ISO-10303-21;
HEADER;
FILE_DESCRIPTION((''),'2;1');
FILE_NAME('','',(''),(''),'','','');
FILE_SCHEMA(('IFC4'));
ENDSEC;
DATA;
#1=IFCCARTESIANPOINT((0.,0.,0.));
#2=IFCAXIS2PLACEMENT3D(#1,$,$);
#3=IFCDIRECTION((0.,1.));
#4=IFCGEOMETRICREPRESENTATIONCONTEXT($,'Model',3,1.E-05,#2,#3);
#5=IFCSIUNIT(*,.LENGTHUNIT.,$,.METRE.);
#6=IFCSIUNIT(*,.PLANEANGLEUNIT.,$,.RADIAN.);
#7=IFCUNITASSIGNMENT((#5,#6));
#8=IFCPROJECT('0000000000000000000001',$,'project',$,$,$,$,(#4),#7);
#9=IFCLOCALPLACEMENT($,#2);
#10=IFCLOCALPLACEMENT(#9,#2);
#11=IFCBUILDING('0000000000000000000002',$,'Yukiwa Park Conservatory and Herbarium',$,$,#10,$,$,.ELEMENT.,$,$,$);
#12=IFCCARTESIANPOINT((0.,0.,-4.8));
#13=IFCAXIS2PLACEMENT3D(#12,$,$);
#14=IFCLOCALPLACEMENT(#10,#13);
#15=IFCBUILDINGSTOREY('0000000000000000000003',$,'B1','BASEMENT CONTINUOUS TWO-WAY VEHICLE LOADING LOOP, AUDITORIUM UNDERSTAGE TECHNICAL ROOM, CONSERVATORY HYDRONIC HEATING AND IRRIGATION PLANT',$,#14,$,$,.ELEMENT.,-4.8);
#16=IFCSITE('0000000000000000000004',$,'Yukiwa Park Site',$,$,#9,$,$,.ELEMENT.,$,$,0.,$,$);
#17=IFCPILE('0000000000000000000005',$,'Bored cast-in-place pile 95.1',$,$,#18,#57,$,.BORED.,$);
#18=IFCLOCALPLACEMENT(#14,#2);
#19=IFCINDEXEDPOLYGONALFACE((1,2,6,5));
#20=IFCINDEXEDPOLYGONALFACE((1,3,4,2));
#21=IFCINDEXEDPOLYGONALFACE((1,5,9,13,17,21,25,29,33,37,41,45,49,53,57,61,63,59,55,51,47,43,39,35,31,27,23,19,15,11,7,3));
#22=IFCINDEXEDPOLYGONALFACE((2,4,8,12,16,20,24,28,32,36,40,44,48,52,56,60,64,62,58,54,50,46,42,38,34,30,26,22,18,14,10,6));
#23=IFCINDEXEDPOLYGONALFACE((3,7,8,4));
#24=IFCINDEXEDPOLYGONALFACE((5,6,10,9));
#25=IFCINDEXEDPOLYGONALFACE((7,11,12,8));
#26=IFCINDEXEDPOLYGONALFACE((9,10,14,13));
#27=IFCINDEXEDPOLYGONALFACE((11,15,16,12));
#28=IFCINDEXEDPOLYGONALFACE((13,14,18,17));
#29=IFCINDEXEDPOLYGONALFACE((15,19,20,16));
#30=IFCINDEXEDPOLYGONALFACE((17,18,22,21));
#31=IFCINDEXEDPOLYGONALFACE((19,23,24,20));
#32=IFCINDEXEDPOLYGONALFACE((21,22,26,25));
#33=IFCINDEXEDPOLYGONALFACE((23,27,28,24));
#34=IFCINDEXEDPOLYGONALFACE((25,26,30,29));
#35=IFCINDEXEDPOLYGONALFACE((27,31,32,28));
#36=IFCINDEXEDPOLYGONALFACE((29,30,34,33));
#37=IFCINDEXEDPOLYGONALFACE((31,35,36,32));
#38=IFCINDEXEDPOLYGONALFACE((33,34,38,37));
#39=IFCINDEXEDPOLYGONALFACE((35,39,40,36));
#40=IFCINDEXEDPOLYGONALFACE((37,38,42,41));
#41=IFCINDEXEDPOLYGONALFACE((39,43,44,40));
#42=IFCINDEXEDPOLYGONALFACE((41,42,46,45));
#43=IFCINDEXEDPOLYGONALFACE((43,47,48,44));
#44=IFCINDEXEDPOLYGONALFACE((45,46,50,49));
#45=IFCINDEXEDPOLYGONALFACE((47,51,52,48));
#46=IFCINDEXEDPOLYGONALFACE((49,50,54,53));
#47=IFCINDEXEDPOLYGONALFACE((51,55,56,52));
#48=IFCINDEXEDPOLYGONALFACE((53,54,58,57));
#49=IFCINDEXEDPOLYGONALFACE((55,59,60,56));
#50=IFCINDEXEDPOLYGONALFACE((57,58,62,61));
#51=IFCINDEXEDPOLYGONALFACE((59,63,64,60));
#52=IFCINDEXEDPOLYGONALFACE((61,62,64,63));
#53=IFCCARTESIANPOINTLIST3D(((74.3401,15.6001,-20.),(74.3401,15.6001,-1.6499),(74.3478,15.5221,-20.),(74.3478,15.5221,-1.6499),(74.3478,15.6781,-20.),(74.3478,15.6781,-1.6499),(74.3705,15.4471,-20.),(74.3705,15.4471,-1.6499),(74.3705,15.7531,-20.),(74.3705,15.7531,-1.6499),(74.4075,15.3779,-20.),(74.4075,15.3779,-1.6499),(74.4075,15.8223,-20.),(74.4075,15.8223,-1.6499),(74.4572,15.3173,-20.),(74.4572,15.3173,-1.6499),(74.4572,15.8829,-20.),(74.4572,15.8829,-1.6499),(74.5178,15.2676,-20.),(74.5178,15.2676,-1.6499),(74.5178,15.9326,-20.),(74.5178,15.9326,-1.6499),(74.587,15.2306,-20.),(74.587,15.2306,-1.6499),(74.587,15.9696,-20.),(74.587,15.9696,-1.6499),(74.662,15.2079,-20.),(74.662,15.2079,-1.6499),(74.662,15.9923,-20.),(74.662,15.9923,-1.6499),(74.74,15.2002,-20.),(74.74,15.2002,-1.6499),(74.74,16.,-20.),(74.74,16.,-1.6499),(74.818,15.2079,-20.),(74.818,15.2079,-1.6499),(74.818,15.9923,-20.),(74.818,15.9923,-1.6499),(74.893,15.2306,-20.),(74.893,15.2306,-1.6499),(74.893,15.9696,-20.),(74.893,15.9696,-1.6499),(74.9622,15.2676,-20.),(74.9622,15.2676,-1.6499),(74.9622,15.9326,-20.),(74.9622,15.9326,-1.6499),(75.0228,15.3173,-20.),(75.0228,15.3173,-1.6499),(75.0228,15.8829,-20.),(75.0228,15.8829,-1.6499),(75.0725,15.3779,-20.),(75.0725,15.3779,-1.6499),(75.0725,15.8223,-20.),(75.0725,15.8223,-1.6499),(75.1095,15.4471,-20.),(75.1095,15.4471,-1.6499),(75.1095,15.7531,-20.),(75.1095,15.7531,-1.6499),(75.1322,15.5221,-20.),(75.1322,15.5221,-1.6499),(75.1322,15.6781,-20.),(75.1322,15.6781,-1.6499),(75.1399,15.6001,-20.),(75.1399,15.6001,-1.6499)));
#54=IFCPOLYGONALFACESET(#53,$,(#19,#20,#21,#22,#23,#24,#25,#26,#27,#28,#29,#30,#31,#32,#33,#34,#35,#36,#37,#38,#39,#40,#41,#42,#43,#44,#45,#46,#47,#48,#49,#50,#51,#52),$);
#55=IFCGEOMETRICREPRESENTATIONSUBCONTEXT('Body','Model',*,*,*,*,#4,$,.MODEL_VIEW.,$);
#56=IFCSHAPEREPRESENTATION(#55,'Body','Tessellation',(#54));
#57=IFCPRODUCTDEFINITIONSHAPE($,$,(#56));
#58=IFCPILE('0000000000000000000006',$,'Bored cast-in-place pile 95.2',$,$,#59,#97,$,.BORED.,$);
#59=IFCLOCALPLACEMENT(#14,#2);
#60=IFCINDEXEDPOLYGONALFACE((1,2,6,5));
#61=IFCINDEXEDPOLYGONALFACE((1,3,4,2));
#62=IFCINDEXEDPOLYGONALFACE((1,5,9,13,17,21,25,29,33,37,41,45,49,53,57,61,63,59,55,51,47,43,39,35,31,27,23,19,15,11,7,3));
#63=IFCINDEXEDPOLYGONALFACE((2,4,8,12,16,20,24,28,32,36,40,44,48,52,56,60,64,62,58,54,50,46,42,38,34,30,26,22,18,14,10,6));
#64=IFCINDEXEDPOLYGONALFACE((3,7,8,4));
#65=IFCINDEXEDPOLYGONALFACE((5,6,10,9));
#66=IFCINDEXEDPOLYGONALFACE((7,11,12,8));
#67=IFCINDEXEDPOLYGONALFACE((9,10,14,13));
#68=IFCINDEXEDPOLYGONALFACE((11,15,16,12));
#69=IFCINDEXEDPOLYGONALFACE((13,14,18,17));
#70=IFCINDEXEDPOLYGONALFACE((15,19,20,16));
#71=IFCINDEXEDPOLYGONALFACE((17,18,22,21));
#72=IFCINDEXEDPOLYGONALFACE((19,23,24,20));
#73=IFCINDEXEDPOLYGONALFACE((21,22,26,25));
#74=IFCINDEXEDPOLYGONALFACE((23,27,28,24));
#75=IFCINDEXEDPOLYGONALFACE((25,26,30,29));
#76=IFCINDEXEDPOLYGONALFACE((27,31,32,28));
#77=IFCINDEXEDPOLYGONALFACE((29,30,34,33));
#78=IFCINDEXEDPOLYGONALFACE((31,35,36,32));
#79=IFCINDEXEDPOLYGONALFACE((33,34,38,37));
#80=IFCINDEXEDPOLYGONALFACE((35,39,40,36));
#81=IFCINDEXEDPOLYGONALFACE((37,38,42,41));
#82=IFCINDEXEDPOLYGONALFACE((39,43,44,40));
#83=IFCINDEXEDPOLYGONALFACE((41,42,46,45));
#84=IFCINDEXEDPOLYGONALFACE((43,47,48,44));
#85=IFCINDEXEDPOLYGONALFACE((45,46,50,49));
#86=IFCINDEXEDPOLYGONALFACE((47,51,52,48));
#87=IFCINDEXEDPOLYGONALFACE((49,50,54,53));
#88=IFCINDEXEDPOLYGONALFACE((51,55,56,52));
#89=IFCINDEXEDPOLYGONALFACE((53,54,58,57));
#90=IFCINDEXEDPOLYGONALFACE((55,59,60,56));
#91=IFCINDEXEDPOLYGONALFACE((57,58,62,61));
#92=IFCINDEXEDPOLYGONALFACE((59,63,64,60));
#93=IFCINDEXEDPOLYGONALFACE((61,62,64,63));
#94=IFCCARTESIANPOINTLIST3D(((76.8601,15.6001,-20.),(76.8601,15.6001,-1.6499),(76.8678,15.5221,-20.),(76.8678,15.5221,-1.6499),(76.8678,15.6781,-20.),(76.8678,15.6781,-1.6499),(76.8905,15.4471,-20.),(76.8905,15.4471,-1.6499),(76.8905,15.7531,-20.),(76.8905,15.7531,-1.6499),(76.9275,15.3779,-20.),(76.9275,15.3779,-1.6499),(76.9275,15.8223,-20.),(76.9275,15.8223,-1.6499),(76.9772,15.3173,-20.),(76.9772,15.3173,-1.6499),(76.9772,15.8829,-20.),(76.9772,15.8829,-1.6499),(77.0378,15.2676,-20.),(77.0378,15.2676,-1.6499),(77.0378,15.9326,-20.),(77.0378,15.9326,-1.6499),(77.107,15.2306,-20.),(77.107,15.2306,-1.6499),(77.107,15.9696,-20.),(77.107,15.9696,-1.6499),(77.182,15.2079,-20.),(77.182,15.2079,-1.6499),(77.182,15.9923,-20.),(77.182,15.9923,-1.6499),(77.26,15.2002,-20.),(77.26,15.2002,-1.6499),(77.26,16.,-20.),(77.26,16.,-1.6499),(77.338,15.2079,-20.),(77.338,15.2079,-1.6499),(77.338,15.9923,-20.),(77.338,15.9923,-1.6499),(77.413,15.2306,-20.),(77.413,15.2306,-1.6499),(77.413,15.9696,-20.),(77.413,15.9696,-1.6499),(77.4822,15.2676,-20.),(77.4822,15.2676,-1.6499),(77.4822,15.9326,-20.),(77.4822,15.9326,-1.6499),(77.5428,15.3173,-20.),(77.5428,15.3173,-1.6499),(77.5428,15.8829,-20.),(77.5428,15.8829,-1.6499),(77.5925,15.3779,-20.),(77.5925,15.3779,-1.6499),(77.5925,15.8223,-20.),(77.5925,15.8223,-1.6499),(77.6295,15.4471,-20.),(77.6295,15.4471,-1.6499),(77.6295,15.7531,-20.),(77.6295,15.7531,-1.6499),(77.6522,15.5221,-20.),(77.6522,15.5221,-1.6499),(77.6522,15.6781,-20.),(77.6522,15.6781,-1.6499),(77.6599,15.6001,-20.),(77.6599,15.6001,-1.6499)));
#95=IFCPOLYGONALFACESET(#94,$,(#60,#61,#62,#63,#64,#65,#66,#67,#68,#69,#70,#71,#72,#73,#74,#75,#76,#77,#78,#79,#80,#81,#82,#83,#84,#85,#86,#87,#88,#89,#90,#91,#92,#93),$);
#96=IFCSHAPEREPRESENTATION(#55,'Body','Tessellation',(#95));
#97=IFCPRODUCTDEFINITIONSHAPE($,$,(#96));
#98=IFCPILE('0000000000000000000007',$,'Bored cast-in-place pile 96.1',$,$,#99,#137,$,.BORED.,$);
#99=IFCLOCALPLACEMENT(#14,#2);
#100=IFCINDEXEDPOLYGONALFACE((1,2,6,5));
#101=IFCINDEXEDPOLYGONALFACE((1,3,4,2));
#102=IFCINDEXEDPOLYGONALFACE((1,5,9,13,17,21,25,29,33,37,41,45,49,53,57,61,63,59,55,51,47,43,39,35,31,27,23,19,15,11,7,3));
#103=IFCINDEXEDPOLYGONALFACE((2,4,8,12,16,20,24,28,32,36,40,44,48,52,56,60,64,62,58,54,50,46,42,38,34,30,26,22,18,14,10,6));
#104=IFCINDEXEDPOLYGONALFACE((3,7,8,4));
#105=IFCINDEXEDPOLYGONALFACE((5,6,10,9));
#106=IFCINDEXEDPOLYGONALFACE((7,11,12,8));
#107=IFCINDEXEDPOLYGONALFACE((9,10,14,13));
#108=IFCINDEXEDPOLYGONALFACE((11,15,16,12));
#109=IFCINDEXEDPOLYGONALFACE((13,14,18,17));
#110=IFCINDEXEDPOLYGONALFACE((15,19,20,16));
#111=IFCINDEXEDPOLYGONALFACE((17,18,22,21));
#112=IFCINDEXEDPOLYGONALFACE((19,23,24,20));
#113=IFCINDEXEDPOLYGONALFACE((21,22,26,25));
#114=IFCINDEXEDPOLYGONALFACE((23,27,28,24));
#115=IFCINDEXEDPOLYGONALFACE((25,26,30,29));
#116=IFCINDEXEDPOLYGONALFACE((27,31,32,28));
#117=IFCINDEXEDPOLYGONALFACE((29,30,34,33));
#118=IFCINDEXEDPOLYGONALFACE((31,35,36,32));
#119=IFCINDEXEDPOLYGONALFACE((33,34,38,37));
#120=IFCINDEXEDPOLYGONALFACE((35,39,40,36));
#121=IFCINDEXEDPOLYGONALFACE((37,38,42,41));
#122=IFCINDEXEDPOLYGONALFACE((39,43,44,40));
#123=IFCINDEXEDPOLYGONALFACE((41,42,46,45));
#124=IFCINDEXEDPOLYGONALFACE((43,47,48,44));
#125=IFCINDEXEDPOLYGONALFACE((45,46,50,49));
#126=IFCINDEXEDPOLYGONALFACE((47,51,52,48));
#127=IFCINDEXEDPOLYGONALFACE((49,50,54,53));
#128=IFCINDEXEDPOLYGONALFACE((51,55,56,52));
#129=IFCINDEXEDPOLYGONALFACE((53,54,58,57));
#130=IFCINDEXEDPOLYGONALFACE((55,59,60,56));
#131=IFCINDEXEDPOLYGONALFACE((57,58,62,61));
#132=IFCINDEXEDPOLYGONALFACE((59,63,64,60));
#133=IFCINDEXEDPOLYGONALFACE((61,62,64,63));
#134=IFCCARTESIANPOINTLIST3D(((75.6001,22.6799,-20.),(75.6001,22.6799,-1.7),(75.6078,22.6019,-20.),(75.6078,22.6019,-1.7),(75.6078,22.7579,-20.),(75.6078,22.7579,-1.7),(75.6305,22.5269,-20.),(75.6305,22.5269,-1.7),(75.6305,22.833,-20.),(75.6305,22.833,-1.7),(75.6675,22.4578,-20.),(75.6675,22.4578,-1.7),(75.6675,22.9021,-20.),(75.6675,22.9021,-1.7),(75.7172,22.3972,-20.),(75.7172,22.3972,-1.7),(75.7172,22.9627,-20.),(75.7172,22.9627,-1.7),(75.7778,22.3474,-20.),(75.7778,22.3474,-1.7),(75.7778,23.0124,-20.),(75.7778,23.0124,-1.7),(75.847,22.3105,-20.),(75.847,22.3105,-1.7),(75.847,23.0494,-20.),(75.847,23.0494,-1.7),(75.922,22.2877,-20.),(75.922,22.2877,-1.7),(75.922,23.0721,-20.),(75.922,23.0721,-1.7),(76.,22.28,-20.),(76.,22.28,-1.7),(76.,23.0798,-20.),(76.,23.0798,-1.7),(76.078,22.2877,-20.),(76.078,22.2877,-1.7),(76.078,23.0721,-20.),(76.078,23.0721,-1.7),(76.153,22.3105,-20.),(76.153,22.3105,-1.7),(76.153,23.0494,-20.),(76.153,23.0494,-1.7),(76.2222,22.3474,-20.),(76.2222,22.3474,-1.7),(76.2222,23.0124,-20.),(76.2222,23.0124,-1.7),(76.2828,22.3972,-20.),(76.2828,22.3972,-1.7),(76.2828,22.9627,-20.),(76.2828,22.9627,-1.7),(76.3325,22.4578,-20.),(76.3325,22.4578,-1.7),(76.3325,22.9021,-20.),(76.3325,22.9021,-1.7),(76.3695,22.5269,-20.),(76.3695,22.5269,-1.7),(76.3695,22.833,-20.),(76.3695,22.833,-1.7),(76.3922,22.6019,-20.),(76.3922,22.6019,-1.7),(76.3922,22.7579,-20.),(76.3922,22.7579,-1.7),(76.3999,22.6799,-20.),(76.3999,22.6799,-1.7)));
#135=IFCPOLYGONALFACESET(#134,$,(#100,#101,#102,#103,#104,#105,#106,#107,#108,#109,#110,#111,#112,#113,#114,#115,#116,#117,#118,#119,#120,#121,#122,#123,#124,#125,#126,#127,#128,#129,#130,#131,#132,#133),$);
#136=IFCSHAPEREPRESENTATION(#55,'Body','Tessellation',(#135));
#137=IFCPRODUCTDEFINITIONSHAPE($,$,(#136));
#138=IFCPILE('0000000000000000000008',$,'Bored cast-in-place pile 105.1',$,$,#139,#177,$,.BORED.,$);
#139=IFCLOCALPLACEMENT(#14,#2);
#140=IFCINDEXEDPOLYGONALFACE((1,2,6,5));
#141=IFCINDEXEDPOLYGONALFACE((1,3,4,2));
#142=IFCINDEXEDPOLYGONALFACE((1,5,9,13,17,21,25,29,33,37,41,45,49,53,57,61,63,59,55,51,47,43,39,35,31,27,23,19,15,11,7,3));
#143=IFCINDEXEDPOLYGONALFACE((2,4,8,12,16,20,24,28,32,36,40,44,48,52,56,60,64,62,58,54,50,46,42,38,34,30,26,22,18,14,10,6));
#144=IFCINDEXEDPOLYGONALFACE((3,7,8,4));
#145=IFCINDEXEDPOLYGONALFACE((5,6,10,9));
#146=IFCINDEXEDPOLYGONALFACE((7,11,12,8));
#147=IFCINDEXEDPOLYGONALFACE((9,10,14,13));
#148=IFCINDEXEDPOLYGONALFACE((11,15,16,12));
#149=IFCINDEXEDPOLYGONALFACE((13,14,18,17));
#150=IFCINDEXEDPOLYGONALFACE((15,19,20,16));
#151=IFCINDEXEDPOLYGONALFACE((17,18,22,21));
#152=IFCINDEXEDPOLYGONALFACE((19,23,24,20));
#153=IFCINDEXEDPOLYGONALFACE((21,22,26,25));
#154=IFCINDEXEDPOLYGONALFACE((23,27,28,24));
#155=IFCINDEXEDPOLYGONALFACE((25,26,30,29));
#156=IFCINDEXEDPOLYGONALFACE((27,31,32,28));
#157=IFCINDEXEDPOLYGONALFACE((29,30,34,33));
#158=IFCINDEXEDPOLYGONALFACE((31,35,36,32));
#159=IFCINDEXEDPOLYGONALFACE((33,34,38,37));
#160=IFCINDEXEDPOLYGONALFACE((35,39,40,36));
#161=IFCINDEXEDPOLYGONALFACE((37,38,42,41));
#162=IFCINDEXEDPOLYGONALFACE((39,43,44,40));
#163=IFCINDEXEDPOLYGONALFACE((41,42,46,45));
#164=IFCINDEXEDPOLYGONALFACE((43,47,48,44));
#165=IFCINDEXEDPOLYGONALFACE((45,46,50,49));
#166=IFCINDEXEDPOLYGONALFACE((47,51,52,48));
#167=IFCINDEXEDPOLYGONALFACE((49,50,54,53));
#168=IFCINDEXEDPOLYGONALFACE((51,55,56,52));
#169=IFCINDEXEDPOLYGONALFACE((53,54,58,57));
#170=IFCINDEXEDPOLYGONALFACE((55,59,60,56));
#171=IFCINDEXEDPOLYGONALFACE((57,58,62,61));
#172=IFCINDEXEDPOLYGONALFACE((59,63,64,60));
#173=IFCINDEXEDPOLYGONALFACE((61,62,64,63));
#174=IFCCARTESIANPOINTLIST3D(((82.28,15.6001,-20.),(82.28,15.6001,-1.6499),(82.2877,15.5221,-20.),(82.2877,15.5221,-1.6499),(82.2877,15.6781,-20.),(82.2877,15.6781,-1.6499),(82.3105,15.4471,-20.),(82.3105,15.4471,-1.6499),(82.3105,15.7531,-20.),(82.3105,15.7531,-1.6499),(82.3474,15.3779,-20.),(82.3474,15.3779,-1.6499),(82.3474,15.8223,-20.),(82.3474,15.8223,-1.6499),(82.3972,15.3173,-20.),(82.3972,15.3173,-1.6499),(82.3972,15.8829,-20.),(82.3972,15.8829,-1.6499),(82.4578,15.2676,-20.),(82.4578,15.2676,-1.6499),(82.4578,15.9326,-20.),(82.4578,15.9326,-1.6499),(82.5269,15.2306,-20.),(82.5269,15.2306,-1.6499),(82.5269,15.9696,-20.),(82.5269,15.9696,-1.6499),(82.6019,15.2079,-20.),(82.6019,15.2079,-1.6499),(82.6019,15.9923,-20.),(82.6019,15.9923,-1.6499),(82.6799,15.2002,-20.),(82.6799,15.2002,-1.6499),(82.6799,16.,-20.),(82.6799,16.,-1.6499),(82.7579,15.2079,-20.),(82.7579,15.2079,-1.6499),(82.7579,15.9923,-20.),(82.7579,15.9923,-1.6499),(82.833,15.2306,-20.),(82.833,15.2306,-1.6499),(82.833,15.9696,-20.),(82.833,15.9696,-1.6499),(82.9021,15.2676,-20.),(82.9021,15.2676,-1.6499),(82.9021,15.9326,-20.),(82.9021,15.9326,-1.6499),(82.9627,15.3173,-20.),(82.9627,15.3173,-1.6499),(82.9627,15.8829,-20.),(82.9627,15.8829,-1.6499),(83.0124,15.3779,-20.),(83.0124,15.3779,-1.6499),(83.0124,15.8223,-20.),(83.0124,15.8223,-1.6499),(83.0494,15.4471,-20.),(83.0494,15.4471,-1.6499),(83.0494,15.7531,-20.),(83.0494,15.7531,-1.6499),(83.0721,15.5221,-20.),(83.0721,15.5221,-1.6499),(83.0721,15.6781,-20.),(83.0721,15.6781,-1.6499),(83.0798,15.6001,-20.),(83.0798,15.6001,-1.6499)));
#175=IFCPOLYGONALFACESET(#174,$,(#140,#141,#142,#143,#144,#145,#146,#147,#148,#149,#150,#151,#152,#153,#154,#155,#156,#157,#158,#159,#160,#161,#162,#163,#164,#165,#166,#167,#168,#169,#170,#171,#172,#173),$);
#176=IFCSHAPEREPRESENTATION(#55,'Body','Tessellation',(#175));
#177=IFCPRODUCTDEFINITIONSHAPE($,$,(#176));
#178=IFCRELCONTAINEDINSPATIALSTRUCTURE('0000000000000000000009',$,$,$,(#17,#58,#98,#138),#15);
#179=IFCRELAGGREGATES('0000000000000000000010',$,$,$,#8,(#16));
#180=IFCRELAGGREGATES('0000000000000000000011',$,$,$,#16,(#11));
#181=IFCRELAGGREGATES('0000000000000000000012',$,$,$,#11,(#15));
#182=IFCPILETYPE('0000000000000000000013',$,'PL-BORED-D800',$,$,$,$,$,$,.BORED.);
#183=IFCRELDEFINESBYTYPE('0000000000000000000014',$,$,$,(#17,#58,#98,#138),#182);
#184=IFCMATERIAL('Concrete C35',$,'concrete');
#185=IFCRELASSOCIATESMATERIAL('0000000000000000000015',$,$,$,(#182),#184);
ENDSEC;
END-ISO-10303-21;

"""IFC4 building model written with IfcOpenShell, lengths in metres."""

from ifc_helpers import new_model, si_unit, direction, frame, origin, origin_2d, place, context, subcontext, project, spatial, circle, extrude, material, material_profile, profile_set, type_object, element, save


model = new_model("IFC4")

# Units and contexts
model_context = context("Model", 3, precision=1e-05, world=origin(), true_north=direction((0.0, 1.0)))
body_context = subcontext(model_context, "Body", "Model", "MODEL_VIEW")
ifc_project = project(units=[si_unit("LENGTHUNIT", "METRE"), si_unit("PLANEANGLEUNIT", "RADIAN")], contexts=[model_context])

# Site, building, storey
site_placement = place(None, origin())
site = spatial("IfcSite", under=ifc_project, at=site_placement, Name="Yukiwa Park Site", CompositionType="ELEMENT", RefElevation=0.0)
building_placement = place(site_placement, origin())
building = spatial("IfcBuilding", under=site, at=building_placement, Name="Yukiwa Park Conservatory and Herbarium", CompositionType="ELEMENT")
storey_placement = place(building_placement, frame((0.0, 0.0, -4.8)))
storey = spatial("IfcBuildingStorey", under=building, at=storey_placement, Name="B1", Description="BASEMENT CONTINUOUS TWO-WAY VEHICLE LOADING LOOP, AUDITORIUM UNDERSTAGE TECHNICAL ROOM, CONSERVATORY HYDRONIC HEATING AND IRRIGATION PLANT", CompositionType="ELEMENT", Elevation=-4.8)

# Piles
ifc_material_1 = material(Name="Concrete C35", Category="concrete")
ifc_material_profile_1 = material_profile(ifc_material_1, circle(Radius=0.3999, at=origin_2d()), Name="PILE D800")
ifc_profile_set_1 = profile_set([ifc_material_profile_1], Name="Concrete C35")
pile_type_1 = type_object("IfcPileType", Name="PL-BORED-D800", PredefinedType="BORED", material=ifc_profile_set_1)
for number, where, z_axis, x_axis, name in (
    (1, (74.74, 15.6001, -1.6499), (0.0, 0.0, -1.0), (1.0, 0.0, 0.0), "Bored cast-in-place pile 95.1"),
    (2, (77.26, 15.6001, -1.6499), (0.0, 0.0, -1.0), (1.0, 0.0, 0.0), "Bored cast-in-place pile 95.2"),
):
    element("IfcPile", number, at=place(storey_placement, frame(where, z_axis=z_axis, x_axis=x_axis)), inside=storey, type_object=pile_type_1, Name=name, PredefinedType="BORED", context=body_context, shape_type="SweptSolid", body=[
        extrude(circle(Radius=0.3999, at=origin_2d()), origin(), (0.0, 0.0, 1.0), 18.3501),
    ])
pile_1_placement = place(storey_placement, frame((76.0, 22.6799, -1.7), z_axis=(0.0, 0.0, -1.0), x_axis=(1.0, 0.0, 0.0)))
element("IfcPile", 3, at=pile_1_placement, inside=storey, type_object=pile_type_1, Name="Bored cast-in-place pile 96.1", PredefinedType="BORED", context=body_context, shape_type="SweptSolid", body=[
    extrude(circle(Radius=0.3999, at=origin_2d()), origin(), (0.0, 0.0, 1.0), 18.3),
])
pile_2_placement = place(storey_placement, frame((82.6799, 15.6001, -1.6499), z_axis=(0.0, 0.0, -1.0), x_axis=(1.0, 0.0, 0.0)))
element("IfcPile", 4, at=pile_2_placement, inside=storey, type_object=pile_type_1, Name="Bored cast-in-place pile 105.1", PredefinedType="BORED", context=body_context, shape_type="SweptSolid", body=[
    extrude(circle(Radius=0.3999, at=origin_2d()), origin(), (0.0, 0.0, 1.0), 18.3501),
])

save(model, "model.ifc")
